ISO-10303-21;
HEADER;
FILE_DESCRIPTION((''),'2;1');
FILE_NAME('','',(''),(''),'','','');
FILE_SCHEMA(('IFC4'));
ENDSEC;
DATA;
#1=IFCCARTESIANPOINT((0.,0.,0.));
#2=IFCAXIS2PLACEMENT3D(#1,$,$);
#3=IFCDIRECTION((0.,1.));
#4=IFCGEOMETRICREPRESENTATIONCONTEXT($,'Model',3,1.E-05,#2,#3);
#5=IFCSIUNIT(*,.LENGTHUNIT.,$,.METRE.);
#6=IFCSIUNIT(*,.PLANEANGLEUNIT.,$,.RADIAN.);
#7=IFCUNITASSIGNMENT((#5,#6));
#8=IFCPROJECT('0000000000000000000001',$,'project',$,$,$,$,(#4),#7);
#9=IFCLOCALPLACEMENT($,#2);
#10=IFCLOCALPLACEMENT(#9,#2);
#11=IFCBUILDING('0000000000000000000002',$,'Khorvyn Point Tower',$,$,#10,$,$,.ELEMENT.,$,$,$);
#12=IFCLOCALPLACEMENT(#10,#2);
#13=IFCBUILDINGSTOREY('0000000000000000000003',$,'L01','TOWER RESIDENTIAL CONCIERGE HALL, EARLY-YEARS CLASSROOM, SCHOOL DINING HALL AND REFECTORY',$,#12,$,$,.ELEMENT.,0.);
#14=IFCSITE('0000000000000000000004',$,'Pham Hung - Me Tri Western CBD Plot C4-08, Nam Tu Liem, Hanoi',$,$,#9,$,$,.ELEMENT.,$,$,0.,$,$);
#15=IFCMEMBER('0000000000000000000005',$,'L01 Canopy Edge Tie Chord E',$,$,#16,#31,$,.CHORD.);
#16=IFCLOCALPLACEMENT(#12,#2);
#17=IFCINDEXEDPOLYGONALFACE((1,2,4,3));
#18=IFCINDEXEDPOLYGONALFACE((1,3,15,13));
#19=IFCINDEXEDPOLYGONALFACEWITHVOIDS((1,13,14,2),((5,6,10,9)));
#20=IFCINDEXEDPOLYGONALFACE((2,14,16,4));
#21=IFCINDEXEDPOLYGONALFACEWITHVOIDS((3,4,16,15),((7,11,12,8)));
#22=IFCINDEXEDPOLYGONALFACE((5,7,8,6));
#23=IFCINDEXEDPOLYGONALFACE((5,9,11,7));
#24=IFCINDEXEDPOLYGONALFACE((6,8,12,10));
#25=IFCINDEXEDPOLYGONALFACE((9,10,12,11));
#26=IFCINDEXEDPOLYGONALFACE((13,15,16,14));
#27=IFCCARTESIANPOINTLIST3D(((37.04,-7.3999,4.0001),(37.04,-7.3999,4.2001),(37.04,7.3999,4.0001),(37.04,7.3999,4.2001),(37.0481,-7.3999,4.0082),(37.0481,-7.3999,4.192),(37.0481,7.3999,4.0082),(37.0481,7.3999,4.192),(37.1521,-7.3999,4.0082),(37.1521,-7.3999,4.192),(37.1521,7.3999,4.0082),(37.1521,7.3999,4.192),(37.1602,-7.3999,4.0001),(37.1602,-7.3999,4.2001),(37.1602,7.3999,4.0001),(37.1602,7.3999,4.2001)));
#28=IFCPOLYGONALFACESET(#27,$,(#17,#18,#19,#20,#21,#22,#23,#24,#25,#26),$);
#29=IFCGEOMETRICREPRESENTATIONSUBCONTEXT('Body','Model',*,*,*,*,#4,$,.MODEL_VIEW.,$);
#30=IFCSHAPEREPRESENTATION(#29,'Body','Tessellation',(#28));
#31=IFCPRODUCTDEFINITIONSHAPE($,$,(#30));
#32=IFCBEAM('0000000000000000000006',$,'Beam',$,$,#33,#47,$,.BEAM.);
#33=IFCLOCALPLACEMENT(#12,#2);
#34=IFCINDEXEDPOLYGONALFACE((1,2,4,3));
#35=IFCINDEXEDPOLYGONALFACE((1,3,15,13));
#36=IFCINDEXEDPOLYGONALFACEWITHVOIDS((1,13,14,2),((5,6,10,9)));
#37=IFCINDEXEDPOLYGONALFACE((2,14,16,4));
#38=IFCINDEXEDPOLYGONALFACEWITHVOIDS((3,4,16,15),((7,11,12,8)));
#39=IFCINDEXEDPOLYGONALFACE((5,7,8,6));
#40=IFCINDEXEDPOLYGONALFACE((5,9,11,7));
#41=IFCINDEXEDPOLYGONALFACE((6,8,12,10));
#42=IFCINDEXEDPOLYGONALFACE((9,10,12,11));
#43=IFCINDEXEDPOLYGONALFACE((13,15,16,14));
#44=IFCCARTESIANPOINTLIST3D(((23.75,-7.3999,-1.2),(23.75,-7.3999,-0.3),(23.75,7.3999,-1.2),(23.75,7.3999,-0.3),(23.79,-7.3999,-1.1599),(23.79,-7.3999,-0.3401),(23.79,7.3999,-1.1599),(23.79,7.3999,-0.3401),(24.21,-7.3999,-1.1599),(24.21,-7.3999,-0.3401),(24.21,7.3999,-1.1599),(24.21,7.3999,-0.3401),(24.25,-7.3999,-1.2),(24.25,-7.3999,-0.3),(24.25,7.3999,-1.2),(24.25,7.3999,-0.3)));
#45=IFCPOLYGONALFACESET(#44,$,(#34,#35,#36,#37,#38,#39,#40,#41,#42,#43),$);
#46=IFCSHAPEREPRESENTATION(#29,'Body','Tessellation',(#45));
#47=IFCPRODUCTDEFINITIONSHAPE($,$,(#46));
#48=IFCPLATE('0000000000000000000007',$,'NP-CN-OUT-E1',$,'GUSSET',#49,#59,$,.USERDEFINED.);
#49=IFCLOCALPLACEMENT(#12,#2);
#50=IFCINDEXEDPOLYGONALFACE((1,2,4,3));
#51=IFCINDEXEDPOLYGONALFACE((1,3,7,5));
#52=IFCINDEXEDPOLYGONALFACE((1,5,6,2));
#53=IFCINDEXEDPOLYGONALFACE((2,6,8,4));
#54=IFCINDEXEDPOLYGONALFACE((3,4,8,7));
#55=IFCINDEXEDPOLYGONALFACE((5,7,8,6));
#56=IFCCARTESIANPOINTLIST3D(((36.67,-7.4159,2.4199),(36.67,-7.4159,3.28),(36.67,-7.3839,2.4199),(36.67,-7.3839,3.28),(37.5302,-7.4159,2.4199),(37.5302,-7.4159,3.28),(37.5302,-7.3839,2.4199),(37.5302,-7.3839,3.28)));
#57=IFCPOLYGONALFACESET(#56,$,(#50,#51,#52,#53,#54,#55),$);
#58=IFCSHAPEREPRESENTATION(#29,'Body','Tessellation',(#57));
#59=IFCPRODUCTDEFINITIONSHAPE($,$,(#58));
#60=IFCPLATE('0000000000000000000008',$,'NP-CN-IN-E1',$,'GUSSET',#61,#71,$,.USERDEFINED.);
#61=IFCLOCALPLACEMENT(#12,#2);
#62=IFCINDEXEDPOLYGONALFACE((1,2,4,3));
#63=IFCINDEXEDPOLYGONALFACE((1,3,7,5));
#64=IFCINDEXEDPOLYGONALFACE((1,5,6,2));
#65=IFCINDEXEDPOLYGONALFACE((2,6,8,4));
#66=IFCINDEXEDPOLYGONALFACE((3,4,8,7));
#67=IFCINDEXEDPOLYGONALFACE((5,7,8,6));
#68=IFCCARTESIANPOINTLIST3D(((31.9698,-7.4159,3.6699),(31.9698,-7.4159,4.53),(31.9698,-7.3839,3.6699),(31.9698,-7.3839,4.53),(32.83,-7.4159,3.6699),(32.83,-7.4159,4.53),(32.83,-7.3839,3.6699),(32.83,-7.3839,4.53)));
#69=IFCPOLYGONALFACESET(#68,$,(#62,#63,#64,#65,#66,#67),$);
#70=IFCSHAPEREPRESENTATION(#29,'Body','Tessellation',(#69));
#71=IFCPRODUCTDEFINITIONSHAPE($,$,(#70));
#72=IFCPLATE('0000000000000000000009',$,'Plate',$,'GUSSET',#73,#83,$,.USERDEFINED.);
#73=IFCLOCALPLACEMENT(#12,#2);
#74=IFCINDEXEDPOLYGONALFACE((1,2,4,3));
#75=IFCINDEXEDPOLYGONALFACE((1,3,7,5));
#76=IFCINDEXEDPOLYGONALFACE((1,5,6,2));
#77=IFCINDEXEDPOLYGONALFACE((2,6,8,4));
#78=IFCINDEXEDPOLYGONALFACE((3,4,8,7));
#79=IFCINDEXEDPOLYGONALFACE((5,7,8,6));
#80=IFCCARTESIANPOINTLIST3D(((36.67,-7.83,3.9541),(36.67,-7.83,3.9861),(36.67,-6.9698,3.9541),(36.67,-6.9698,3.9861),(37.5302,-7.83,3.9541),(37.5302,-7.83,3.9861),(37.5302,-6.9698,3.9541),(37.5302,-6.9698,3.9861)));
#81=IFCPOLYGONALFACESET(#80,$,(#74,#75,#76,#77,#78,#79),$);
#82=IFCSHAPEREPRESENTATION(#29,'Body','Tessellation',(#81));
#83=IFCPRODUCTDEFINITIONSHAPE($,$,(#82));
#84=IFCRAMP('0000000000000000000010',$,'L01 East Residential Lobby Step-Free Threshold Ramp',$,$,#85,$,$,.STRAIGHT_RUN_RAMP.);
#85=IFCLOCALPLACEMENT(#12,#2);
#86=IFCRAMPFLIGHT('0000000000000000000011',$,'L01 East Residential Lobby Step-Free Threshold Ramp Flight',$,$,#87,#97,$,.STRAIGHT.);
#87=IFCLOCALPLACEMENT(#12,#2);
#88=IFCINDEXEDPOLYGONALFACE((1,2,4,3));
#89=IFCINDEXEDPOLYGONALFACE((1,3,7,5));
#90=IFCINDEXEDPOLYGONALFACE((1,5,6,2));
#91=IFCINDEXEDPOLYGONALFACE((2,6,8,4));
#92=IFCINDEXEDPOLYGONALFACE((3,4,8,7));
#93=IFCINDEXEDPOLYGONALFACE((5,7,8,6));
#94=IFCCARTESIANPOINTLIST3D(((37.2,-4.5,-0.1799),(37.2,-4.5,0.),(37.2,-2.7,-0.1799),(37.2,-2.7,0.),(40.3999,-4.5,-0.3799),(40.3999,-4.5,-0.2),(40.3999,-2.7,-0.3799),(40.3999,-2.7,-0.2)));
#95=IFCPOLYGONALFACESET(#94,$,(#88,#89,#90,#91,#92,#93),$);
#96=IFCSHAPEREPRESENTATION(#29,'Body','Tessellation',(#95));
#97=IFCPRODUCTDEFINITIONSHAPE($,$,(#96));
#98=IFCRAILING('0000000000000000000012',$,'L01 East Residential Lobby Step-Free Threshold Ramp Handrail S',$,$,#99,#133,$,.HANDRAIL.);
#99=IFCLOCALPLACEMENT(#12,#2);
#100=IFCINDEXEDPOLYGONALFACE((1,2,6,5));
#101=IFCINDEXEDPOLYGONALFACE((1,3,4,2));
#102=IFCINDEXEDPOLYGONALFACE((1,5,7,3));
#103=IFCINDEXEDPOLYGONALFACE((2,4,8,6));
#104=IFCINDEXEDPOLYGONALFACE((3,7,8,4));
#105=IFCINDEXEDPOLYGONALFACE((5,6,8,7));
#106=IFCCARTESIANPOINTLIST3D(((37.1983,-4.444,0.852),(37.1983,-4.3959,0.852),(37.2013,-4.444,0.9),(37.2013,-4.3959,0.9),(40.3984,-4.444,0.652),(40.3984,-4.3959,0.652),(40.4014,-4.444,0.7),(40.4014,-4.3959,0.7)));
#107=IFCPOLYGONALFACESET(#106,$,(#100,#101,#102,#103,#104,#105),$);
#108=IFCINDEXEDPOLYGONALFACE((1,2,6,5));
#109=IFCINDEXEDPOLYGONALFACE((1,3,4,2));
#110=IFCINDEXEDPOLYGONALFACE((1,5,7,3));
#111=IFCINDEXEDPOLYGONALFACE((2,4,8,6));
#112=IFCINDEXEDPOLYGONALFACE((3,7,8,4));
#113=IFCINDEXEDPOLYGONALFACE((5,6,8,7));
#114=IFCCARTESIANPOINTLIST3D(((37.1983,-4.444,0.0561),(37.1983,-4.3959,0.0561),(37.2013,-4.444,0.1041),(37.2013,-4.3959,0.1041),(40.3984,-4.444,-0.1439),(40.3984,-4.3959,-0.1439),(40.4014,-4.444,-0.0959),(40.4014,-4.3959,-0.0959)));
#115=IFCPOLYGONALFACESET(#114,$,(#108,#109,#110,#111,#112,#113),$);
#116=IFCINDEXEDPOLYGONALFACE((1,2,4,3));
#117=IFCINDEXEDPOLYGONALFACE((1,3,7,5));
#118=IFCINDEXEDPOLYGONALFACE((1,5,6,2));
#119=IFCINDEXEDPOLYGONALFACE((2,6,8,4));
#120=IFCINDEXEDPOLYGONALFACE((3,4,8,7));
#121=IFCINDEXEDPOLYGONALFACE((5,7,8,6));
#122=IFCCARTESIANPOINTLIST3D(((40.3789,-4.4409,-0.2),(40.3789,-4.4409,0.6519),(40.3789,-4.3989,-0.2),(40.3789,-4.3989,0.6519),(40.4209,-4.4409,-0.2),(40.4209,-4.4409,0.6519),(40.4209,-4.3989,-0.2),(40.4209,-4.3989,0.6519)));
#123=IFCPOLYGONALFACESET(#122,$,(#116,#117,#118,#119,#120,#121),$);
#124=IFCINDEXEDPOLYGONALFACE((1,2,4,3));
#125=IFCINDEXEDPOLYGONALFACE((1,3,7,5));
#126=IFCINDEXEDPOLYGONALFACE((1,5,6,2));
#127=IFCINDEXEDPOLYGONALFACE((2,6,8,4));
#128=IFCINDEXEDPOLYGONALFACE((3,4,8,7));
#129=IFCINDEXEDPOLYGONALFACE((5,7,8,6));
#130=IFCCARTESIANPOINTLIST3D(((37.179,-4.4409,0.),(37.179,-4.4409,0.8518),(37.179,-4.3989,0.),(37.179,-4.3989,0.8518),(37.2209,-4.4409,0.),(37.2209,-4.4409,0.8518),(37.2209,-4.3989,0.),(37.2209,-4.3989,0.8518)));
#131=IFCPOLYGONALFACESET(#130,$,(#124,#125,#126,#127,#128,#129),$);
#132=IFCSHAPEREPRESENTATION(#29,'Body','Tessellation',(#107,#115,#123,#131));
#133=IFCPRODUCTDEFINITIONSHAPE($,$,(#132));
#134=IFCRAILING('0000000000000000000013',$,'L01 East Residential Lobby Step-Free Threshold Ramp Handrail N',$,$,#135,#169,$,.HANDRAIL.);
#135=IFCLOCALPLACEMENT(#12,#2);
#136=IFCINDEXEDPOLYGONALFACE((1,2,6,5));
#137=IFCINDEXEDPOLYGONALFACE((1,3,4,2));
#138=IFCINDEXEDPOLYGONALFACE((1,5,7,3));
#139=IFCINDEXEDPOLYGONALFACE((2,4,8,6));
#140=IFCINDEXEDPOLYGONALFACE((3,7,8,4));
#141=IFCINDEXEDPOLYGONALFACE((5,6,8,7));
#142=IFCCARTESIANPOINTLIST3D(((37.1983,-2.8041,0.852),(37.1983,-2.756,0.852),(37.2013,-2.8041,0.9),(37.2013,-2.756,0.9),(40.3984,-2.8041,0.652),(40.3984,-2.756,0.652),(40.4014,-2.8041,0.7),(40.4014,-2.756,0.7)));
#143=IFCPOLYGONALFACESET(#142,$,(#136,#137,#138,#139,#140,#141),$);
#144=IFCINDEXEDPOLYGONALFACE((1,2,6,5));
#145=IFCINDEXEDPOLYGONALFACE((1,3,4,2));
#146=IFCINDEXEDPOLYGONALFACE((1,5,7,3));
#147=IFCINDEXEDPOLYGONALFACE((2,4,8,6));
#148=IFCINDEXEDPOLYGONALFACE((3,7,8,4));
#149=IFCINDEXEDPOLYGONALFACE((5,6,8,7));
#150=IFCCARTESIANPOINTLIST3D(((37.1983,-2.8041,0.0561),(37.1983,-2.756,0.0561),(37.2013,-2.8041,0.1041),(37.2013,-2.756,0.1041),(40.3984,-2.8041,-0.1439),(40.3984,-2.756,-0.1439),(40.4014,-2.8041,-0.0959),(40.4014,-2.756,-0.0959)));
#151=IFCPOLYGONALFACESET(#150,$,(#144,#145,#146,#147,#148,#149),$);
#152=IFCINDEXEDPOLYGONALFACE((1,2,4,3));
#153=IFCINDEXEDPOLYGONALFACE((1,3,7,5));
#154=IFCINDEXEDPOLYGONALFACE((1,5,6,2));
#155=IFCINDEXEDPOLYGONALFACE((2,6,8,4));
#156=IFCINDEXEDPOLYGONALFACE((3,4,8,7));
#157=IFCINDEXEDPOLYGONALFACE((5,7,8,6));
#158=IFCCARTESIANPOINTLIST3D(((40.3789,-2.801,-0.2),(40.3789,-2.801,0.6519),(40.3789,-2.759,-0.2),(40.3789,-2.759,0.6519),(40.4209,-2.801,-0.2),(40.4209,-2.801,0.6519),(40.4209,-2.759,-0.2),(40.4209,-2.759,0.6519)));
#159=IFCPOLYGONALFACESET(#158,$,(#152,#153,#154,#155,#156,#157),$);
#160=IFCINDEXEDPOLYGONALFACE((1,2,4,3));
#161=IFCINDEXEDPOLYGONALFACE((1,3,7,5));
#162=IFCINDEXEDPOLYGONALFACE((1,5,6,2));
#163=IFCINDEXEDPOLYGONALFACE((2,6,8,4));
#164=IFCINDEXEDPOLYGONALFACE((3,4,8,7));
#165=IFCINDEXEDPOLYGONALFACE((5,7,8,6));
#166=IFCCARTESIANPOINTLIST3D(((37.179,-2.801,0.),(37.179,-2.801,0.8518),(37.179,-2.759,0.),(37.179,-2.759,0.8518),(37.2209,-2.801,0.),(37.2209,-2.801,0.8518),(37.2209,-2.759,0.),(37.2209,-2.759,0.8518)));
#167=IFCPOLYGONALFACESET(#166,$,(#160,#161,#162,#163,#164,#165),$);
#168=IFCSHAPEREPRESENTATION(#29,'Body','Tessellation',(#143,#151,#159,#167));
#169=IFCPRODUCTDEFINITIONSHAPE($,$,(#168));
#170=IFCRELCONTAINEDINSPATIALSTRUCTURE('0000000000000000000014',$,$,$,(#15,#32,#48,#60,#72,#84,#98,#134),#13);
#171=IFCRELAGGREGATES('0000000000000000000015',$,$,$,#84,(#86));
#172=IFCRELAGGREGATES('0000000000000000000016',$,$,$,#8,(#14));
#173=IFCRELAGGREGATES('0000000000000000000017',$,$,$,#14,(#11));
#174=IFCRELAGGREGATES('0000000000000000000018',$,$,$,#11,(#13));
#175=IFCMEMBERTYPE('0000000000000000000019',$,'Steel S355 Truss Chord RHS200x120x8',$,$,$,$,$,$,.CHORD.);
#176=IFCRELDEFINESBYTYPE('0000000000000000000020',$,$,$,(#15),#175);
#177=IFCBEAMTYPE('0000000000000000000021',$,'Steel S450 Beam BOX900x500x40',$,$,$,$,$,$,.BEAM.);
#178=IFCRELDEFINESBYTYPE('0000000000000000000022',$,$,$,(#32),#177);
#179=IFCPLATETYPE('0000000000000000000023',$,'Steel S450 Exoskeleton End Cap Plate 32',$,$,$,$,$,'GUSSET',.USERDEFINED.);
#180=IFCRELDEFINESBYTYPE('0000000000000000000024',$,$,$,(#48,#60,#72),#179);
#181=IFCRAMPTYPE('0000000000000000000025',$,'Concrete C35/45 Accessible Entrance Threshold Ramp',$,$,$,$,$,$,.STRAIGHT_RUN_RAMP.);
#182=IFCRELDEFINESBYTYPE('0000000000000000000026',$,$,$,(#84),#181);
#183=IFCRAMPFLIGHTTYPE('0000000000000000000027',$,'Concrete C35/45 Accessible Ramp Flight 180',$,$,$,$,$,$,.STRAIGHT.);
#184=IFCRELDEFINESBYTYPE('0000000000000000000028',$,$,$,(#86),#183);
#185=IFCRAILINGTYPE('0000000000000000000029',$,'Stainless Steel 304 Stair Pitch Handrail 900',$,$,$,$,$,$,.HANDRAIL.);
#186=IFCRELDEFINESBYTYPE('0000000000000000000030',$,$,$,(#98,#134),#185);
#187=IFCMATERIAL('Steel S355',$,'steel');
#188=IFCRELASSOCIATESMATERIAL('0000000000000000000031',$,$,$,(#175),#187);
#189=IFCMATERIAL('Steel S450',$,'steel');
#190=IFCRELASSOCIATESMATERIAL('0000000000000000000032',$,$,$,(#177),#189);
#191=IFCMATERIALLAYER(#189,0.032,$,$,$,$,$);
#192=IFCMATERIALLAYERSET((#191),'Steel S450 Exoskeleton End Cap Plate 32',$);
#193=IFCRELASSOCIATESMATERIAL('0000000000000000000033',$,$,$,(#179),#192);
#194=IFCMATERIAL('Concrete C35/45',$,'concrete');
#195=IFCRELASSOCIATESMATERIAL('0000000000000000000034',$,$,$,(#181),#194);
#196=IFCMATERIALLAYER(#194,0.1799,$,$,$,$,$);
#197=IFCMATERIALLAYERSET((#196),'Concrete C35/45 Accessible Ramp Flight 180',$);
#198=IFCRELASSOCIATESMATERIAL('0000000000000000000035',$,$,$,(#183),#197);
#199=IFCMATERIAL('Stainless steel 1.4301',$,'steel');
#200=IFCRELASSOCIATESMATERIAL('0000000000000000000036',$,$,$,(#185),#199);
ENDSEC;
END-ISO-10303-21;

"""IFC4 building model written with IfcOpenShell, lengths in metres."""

from ifc_helpers import new_model, si_unit, direction, frame, origin, origin_2d, place, context, subcontext, project, spatial, polyline, rectangle, hollow_rectangle, outline, extrude, material, layer, layer_set, material_profile, profile_set, type_object, element, aggregate, save


model = new_model("IFC4")

# Units and contexts
model_context = context("Model", 3, precision=1e-05, world=origin(), true_north=direction((0.0, 1.0)))
body_context = subcontext(model_context, "Body", "Model", "MODEL_VIEW")
ifc_project = project(units=[si_unit("LENGTHUNIT", "METRE"), si_unit("PLANEANGLEUNIT", "RADIAN")], contexts=[model_context])

# Site, building, storey
site_placement = place(None, origin())
site = spatial("IfcSite", under=ifc_project, at=site_placement, Name="Pham Hung - Me Tri Western CBD Plot C4-08, Nam Tu Liem, Hanoi", CompositionType="ELEMENT", RefElevation=0.0)
building_placement = place(site_placement, origin())
building = spatial("IfcBuilding", under=site, at=building_placement, Name="Khorvyn Point Tower", CompositionType="ELEMENT")
storey_placement = place(building_placement, origin())
storey = spatial("IfcBuildingStorey", under=building, at=storey_placement, Name="L01", Description="TOWER RESIDENTIAL CONCIERGE HALL, EARLY-YEARS CLASSROOM, SCHOOL DINING HALL AND REFECTORY", CompositionType="ELEMENT", Elevation=0.0)

# Shared definitions
ifc_material_1 = material(Name="Concrete C35/45", Category="concrete")

# Shared definitions
ifc_material_2 = material(Name="Steel S355", Category="steel")

# Member
ifc_material_profile_1 = material_profile(ifc_material_2, hollow_rectangle(XDim=0.1201, YDim=0.2, WallThickness=0.0081, at=origin_2d()))
ifc_profile_set_1 = profile_set([ifc_material_profile_1], Name="Steel S355 RHS200x120x8")
member_type_1 = type_object("IfcMemberType", Name="Steel S355 Truss Chord RHS200x120x8", PredefinedType="CHORD", material=ifc_profile_set_1)
member_1_placement = place(storey_placement, frame((37.1001, -7.3999, 4.1001), z_axis=(0.0, 1.0, 0.0), x_axis=(-1.0, 0.0, 0.0)))
element("IfcMember", 1, at=member_1_placement, inside=storey, type_object=member_type_1, Name="L01 Canopy Edge Tie Chord E", PredefinedType="CHORD", context=body_context, shape_type="SweptSolid", body=[
    extrude(hollow_rectangle(XDim=0.1201, YDim=0.2, WallThickness=0.0081, at=origin_2d()), origin(), (0.0, 0.0, 1.0), 14.7998),
])

# Beam
ifc_material_3 = material(Name="Steel S450", Category="steel")
ifc_material_profile_2 = material_profile(ifc_material_3, hollow_rectangle(XDim=0.5, YDim=0.8999, WallThickness=0.04, at=origin_2d()))
ifc_profile_set_2 = profile_set([ifc_material_profile_2], Name="Steel S450 BOX900x500x40")
beam_type_1 = type_object("IfcBeamType", Name="Steel S450 Beam BOX900x500x40", PredefinedType="BEAM", material=ifc_profile_set_2)
beam_1_placement = place(storey_placement, frame((24.0, -7.3999, -0.75), z_axis=(0.0, 1.0, 0.0), x_axis=(-1.0, 0.0, 0.0)))
element("IfcBeam", 2, at=beam_1_placement, inside=storey, type_object=beam_type_1, Name="Beam", PredefinedType="BEAM", context=body_context, shape_type="SweptSolid", body=[
    extrude(hollow_rectangle(XDim=0.5, YDim=0.8999, WallThickness=0.04, at=origin_2d()), origin(), (0.0, 0.0, 1.0), 14.7998),
])

# Plates
ifc_layer_1 = layer(ifc_material_3, 0.032)
ifc_layer_set_1 = layer_set([ifc_layer_1], Name="Steel S450 Exoskeleton End Cap Plate 32")
plate_type = type_object("IfcPlateType", Name="Steel S450 Exoskeleton End Cap Plate 32", ElementType="GUSSET", PredefinedType="USERDEFINED", material=ifc_layer_set_1)
for number, where, z_axis, x_axis, name in (
    (3, (37.1001, -7.3999, 2.4199), (0.0, 0.0, 1.0), (1.0, 0.0, 0.0), "NP-CN-OUT-E1"),
    (4, (32.3999, -7.3999, 3.6699), (0.0, 0.0, 1.0), (1.0, 0.0, 0.0), "NP-CN-IN-E1"),
):
    element("IfcPlate", number, at=place(storey_placement, frame(where, z_axis=z_axis, x_axis=x_axis)), inside=storey, type_object=plate_type, Name=name, ObjectType="GUSSET", PredefinedType="USERDEFINED", context=body_context, shape_type="SweptSolid", body=[
        extrude(rectangle(XDim=0.8601, YDim=0.032, at=origin_2d()), origin(), (0.0, 0.0, 1.0), 0.8601),
    ])
plate_placement = place(storey_placement, frame((37.1001, -7.3999, 3.9541), z_axis=(0.0, 0.0, 1.0), x_axis=(1.0, 0.0, 0.0)))
element("IfcPlate", 5, at=plate_placement, inside=storey, type_object=plate_type, Name="Plate", ObjectType="GUSSET", PredefinedType="USERDEFINED", context=body_context, shape_type="SweptSolid", body=[
    extrude(rectangle(XDim=0.8601, YDim=0.8601, at=origin_2d()), origin(), (0.0, 0.0, 1.0), 0.032),
])

# Ramp, ramp flight
ramp_type = type_object("IfcRampType", Name="Concrete C35/45 Accessible Entrance Threshold Ramp", PredefinedType="STRAIGHT_RUN_RAMP", material=ifc_material_1)
ramp_placement = place(storey_placement, origin())
ramp = element("IfcRamp", 6, at=ramp_placement, inside=storey, type_object=ramp_type, Name="L01 East Residential Lobby Step-Free Threshold Ramp", PredefinedType="STRAIGHT_RUN_RAMP")
ifc_layer_2 = layer(ifc_material_1, 0.1799)
ifc_layer_set_2 = layer_set([ifc_layer_2], Name="Concrete C35/45 Accessible Ramp Flight 180")
ramp_flight_type = type_object("IfcRampFlightType", Name="Concrete C35/45 Accessible Ramp Flight 180", PredefinedType="STRAIGHT", material=ifc_layer_set_2)
ramp_flight_placement = place(storey_placement, frame((40.3999, -3.6001, -0.2), z_axis=(0.0, 0.0, 1.0), x_axis=(-1.0, 0.0, 0.0)))
ramp_flight = element("IfcRampFlight", 7, at=ramp_flight_placement, type_object=ramp_flight_type, Name="L01 East Residential Lobby Step-Free Threshold Ramp Flight", PredefinedType="STRAIGHT", context=body_context, shape_type="SweptSolid", body=[
    extrude(outline(polyline([(0.0, 0.0), (0.0, -0.1799), (3.2, 0.02), (3.2, 0.2), (0.0, 0.0)])), frame((0.0, 0.8999, 0.0), z_axis=(0.0, -1.0, 0.0), x_axis=(1.0, 0.0, 0.0)), (0.0, 0.0, 1.0), 1.8),
])
aggregate(ramp, [ramp_flight])

# Railings
ifc_material_4 = material(Name="Stainless steel 1.4301", Category="steel")
railing_type = type_object("IfcRailingType", Name="Stainless Steel 304 Stair Pitch Handrail 900", PredefinedType="HANDRAIL", material=ifc_material_4)
for number, where, name in (
    (8, (40.3999, -4.4199, -0.2), "L01 East Residential Lobby Step-Free Threshold Ramp Handrail S"),
    (9, (40.3999, -2.78, -0.2), "L01 East Residential Lobby Step-Free Threshold Ramp Handrail N"),
):
    element("IfcRailing", number, at=place(storey_placement, frame(where)), inside=storey, type_object=railing_type, Name=name, PredefinedType="HANDRAIL", context=body_context, shape_type="SweptSolid", body=[
        extrude(rectangle(XDim=0.0481, YDim=0.0481, at=origin_2d()), frame((0.0, 0.0, 0.876), z_axis=(-0.998053, 0.0, 0.062364), x_axis=(0.0, -1.0, 0.0)), (0.0, 0.0, 1.0), 3.2063),
        extrude(rectangle(XDim=0.0481, YDim=0.0481, at=origin_2d()), frame((0.0, 0.0, 0.0801), z_axis=(-0.998053, 0.0, 0.062364), x_axis=(0.0, -1.0, 0.0)), (0.0, 0.0, 1.0), 3.2063),
        extrude(rectangle(XDim=0.042, YDim=0.042, at=origin_2d()), origin(), (0.0, 0.0, 1.0), 0.8518),
        extrude(rectangle(XDim=0.042, YDim=0.042, at=origin_2d()), frame((-3.2, 0.0, 0.2)), (0.0, 0.0, 1.0), 0.8518),
    ])

save(model, "model.ifc")
